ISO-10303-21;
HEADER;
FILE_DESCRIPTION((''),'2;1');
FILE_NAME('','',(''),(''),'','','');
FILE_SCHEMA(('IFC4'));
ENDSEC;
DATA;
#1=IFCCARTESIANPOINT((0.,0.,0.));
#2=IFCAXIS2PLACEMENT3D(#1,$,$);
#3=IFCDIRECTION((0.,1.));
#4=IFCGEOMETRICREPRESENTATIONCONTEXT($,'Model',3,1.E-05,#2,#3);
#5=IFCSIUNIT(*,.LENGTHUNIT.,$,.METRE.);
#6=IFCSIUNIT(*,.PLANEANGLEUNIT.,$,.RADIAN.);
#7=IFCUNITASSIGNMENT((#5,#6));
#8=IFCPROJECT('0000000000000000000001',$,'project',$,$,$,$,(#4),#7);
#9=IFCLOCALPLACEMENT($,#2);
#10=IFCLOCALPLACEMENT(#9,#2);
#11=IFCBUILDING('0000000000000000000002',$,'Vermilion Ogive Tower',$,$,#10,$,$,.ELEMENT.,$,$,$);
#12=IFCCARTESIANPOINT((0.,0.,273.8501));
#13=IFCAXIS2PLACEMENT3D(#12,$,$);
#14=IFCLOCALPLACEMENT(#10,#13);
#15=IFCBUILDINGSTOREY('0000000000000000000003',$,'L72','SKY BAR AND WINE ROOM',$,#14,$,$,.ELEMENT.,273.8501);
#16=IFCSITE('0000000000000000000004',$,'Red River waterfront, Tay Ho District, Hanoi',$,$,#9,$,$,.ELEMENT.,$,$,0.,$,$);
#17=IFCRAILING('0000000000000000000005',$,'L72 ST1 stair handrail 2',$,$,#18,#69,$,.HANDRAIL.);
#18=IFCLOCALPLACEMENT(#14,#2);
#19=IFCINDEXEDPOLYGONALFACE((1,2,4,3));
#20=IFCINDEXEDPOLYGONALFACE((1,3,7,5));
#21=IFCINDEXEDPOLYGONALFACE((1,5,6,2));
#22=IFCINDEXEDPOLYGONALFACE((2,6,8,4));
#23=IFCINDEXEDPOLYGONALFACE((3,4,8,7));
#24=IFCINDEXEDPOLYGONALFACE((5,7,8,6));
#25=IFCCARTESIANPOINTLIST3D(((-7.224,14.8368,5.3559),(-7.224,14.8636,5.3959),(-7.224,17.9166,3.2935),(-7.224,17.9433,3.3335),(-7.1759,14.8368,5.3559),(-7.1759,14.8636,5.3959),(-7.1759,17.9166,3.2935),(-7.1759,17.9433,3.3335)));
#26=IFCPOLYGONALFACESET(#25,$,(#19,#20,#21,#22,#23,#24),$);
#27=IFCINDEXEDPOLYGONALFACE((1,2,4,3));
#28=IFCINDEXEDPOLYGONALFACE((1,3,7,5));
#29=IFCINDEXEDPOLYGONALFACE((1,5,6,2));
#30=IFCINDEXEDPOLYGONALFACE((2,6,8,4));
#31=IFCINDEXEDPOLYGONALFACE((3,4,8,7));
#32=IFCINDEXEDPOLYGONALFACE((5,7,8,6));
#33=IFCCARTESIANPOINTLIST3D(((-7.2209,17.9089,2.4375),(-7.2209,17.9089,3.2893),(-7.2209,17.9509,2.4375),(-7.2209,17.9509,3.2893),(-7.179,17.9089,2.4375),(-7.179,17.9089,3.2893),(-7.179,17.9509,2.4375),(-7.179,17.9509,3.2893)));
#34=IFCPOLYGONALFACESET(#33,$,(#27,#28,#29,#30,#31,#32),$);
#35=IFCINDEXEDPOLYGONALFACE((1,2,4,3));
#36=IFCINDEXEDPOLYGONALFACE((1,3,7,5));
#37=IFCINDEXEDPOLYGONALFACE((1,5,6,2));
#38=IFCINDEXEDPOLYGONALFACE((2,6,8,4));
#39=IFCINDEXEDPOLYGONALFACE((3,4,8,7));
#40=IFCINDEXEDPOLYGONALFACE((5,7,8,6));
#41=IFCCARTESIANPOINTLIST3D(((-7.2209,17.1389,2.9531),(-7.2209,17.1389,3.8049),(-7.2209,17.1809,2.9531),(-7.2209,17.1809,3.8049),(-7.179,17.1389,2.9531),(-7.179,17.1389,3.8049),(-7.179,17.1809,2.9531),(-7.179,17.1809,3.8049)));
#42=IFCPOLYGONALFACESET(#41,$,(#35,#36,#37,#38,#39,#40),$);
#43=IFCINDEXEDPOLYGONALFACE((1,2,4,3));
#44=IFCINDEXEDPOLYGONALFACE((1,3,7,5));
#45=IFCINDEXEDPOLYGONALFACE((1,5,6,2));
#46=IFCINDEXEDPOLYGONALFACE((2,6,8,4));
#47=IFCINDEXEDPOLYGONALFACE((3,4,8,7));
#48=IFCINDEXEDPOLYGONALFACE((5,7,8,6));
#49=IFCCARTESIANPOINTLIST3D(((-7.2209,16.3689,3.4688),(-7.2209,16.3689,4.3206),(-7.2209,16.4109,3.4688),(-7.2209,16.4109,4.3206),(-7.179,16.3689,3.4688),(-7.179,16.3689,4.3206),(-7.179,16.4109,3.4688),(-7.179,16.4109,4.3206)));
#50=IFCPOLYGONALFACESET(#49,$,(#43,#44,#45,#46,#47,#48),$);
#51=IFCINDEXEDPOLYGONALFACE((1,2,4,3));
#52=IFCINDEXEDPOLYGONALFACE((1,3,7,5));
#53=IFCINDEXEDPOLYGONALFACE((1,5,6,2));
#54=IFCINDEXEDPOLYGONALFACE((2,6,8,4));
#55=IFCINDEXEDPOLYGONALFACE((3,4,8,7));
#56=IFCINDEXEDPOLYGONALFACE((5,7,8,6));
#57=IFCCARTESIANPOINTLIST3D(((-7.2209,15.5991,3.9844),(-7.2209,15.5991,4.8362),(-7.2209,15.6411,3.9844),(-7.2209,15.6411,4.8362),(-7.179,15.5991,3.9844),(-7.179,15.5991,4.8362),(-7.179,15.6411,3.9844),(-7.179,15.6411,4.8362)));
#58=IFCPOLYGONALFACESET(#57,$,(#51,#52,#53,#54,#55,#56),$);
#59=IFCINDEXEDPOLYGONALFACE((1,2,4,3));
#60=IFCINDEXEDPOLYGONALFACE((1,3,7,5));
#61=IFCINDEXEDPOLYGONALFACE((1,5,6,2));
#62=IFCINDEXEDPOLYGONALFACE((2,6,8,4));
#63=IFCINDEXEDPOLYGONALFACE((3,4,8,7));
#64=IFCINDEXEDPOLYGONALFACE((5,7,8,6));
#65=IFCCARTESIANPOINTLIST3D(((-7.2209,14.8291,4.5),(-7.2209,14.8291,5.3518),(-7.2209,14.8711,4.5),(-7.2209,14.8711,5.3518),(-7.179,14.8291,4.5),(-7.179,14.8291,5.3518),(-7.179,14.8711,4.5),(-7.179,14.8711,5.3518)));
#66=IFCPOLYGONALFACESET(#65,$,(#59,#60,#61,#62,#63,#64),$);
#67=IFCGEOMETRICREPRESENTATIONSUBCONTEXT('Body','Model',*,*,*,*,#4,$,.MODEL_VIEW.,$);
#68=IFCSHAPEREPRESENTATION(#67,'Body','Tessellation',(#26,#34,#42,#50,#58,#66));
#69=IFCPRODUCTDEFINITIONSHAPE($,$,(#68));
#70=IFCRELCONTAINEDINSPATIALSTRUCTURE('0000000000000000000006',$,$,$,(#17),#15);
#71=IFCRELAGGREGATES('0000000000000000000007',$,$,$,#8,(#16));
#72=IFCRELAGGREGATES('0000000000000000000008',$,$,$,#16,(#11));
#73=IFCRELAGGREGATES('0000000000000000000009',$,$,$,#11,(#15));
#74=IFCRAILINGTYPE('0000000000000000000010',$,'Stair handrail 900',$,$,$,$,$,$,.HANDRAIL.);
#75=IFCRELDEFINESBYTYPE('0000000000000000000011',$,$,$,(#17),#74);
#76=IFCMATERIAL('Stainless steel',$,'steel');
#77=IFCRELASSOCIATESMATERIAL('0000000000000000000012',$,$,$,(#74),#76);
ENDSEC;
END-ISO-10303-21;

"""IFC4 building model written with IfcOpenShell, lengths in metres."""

from ifc_helpers import new_model, si_unit, direction, frame, origin, origin_2d, place, context, subcontext, project, spatial, rectangle, extrude, material, type_object, element, save


model = new_model("IFC4")

# Units and contexts
model_context = context("Model", 3, precision=1e-05, world=origin(), true_north=direction((0.0, 1.0)))
body_context = subcontext(model_context, "Body", "Model", "MODEL_VIEW")
ifc_project = project(units=[si_unit("LENGTHUNIT", "METRE"), si_unit("PLANEANGLEUNIT", "RADIAN")], contexts=[model_context])

# Site, building, storey
site_placement = place(None, origin())
site = spatial("IfcSite", under=ifc_project, at=site_placement, Name="Red River waterfront, Tay Ho District, Hanoi", CompositionType="ELEMENT", RefElevation=0.0)
building_placement = place(site_placement, origin())
building = spatial("IfcBuilding", under=site, at=building_placement, Name="Vermilion Ogive Tower", CompositionType="ELEMENT")
storey_placement = place(building_placement, frame((0.0, 0.0, 273.8501)))
storey = spatial("IfcBuildingStorey", under=building, at=storey_placement, Name="L72", Description="SKY BAR AND WINE ROOM", CompositionType="ELEMENT", Elevation=273.8501)

# Railing
ifc_material_1 = material(Name="Stainless steel", Category="steel")
railing_type_1 = type_object("IfcRailingType", Name="Stair handrail 900", PredefinedType="HANDRAIL", material=ifc_material_1)
railing_1_placement = place(storey_placement, frame((-7.2, 17.9299, 2.4375)))
element("IfcRailing", 1, at=railing_1_placement, inside=storey, type_object=railing_type_1, Name="L72 ST1 stair handrail 2", PredefinedType="HANDRAIL", context=body_context, shape_type="SweptSolid", body=[
    extrude(rectangle(XDim=0.0481, YDim=0.0481, at=origin_2d()), frame((0.0, 0.0, 0.876), z_axis=(0.0, -0.830893, 0.556432), x_axis=(1.0, 0.0, 0.0)), (0.0, 0.0, 1.0), 3.7065),
    extrude(rectangle(XDim=0.042, YDim=0.042, at=origin_2d()), origin(), (0.0, 0.0, 1.0), 0.8518),
    extrude(rectangle(XDim=0.042, YDim=0.042, at=origin_2d()), frame((0.0, -0.77, 0.5156)), (0.0, 0.0, 1.0), 0.8518),
    extrude(rectangle(XDim=0.042, YDim=0.042, at=origin_2d()), frame((0.0, -1.54, 1.0312)), (0.0, 0.0, 1.0), 0.8518),
    extrude(rectangle(XDim=0.042, YDim=0.042, at=origin_2d()), frame((0.0, -2.3098, 1.5469)), (0.0, 0.0, 1.0), 0.8518),
    extrude(rectangle(XDim=0.042, YDim=0.042, at=origin_2d()), frame((0.0, -3.0798, 2.0625)), (0.0, 0.0, 1.0), 0.8518),
])

save(model, "model.ifc")
